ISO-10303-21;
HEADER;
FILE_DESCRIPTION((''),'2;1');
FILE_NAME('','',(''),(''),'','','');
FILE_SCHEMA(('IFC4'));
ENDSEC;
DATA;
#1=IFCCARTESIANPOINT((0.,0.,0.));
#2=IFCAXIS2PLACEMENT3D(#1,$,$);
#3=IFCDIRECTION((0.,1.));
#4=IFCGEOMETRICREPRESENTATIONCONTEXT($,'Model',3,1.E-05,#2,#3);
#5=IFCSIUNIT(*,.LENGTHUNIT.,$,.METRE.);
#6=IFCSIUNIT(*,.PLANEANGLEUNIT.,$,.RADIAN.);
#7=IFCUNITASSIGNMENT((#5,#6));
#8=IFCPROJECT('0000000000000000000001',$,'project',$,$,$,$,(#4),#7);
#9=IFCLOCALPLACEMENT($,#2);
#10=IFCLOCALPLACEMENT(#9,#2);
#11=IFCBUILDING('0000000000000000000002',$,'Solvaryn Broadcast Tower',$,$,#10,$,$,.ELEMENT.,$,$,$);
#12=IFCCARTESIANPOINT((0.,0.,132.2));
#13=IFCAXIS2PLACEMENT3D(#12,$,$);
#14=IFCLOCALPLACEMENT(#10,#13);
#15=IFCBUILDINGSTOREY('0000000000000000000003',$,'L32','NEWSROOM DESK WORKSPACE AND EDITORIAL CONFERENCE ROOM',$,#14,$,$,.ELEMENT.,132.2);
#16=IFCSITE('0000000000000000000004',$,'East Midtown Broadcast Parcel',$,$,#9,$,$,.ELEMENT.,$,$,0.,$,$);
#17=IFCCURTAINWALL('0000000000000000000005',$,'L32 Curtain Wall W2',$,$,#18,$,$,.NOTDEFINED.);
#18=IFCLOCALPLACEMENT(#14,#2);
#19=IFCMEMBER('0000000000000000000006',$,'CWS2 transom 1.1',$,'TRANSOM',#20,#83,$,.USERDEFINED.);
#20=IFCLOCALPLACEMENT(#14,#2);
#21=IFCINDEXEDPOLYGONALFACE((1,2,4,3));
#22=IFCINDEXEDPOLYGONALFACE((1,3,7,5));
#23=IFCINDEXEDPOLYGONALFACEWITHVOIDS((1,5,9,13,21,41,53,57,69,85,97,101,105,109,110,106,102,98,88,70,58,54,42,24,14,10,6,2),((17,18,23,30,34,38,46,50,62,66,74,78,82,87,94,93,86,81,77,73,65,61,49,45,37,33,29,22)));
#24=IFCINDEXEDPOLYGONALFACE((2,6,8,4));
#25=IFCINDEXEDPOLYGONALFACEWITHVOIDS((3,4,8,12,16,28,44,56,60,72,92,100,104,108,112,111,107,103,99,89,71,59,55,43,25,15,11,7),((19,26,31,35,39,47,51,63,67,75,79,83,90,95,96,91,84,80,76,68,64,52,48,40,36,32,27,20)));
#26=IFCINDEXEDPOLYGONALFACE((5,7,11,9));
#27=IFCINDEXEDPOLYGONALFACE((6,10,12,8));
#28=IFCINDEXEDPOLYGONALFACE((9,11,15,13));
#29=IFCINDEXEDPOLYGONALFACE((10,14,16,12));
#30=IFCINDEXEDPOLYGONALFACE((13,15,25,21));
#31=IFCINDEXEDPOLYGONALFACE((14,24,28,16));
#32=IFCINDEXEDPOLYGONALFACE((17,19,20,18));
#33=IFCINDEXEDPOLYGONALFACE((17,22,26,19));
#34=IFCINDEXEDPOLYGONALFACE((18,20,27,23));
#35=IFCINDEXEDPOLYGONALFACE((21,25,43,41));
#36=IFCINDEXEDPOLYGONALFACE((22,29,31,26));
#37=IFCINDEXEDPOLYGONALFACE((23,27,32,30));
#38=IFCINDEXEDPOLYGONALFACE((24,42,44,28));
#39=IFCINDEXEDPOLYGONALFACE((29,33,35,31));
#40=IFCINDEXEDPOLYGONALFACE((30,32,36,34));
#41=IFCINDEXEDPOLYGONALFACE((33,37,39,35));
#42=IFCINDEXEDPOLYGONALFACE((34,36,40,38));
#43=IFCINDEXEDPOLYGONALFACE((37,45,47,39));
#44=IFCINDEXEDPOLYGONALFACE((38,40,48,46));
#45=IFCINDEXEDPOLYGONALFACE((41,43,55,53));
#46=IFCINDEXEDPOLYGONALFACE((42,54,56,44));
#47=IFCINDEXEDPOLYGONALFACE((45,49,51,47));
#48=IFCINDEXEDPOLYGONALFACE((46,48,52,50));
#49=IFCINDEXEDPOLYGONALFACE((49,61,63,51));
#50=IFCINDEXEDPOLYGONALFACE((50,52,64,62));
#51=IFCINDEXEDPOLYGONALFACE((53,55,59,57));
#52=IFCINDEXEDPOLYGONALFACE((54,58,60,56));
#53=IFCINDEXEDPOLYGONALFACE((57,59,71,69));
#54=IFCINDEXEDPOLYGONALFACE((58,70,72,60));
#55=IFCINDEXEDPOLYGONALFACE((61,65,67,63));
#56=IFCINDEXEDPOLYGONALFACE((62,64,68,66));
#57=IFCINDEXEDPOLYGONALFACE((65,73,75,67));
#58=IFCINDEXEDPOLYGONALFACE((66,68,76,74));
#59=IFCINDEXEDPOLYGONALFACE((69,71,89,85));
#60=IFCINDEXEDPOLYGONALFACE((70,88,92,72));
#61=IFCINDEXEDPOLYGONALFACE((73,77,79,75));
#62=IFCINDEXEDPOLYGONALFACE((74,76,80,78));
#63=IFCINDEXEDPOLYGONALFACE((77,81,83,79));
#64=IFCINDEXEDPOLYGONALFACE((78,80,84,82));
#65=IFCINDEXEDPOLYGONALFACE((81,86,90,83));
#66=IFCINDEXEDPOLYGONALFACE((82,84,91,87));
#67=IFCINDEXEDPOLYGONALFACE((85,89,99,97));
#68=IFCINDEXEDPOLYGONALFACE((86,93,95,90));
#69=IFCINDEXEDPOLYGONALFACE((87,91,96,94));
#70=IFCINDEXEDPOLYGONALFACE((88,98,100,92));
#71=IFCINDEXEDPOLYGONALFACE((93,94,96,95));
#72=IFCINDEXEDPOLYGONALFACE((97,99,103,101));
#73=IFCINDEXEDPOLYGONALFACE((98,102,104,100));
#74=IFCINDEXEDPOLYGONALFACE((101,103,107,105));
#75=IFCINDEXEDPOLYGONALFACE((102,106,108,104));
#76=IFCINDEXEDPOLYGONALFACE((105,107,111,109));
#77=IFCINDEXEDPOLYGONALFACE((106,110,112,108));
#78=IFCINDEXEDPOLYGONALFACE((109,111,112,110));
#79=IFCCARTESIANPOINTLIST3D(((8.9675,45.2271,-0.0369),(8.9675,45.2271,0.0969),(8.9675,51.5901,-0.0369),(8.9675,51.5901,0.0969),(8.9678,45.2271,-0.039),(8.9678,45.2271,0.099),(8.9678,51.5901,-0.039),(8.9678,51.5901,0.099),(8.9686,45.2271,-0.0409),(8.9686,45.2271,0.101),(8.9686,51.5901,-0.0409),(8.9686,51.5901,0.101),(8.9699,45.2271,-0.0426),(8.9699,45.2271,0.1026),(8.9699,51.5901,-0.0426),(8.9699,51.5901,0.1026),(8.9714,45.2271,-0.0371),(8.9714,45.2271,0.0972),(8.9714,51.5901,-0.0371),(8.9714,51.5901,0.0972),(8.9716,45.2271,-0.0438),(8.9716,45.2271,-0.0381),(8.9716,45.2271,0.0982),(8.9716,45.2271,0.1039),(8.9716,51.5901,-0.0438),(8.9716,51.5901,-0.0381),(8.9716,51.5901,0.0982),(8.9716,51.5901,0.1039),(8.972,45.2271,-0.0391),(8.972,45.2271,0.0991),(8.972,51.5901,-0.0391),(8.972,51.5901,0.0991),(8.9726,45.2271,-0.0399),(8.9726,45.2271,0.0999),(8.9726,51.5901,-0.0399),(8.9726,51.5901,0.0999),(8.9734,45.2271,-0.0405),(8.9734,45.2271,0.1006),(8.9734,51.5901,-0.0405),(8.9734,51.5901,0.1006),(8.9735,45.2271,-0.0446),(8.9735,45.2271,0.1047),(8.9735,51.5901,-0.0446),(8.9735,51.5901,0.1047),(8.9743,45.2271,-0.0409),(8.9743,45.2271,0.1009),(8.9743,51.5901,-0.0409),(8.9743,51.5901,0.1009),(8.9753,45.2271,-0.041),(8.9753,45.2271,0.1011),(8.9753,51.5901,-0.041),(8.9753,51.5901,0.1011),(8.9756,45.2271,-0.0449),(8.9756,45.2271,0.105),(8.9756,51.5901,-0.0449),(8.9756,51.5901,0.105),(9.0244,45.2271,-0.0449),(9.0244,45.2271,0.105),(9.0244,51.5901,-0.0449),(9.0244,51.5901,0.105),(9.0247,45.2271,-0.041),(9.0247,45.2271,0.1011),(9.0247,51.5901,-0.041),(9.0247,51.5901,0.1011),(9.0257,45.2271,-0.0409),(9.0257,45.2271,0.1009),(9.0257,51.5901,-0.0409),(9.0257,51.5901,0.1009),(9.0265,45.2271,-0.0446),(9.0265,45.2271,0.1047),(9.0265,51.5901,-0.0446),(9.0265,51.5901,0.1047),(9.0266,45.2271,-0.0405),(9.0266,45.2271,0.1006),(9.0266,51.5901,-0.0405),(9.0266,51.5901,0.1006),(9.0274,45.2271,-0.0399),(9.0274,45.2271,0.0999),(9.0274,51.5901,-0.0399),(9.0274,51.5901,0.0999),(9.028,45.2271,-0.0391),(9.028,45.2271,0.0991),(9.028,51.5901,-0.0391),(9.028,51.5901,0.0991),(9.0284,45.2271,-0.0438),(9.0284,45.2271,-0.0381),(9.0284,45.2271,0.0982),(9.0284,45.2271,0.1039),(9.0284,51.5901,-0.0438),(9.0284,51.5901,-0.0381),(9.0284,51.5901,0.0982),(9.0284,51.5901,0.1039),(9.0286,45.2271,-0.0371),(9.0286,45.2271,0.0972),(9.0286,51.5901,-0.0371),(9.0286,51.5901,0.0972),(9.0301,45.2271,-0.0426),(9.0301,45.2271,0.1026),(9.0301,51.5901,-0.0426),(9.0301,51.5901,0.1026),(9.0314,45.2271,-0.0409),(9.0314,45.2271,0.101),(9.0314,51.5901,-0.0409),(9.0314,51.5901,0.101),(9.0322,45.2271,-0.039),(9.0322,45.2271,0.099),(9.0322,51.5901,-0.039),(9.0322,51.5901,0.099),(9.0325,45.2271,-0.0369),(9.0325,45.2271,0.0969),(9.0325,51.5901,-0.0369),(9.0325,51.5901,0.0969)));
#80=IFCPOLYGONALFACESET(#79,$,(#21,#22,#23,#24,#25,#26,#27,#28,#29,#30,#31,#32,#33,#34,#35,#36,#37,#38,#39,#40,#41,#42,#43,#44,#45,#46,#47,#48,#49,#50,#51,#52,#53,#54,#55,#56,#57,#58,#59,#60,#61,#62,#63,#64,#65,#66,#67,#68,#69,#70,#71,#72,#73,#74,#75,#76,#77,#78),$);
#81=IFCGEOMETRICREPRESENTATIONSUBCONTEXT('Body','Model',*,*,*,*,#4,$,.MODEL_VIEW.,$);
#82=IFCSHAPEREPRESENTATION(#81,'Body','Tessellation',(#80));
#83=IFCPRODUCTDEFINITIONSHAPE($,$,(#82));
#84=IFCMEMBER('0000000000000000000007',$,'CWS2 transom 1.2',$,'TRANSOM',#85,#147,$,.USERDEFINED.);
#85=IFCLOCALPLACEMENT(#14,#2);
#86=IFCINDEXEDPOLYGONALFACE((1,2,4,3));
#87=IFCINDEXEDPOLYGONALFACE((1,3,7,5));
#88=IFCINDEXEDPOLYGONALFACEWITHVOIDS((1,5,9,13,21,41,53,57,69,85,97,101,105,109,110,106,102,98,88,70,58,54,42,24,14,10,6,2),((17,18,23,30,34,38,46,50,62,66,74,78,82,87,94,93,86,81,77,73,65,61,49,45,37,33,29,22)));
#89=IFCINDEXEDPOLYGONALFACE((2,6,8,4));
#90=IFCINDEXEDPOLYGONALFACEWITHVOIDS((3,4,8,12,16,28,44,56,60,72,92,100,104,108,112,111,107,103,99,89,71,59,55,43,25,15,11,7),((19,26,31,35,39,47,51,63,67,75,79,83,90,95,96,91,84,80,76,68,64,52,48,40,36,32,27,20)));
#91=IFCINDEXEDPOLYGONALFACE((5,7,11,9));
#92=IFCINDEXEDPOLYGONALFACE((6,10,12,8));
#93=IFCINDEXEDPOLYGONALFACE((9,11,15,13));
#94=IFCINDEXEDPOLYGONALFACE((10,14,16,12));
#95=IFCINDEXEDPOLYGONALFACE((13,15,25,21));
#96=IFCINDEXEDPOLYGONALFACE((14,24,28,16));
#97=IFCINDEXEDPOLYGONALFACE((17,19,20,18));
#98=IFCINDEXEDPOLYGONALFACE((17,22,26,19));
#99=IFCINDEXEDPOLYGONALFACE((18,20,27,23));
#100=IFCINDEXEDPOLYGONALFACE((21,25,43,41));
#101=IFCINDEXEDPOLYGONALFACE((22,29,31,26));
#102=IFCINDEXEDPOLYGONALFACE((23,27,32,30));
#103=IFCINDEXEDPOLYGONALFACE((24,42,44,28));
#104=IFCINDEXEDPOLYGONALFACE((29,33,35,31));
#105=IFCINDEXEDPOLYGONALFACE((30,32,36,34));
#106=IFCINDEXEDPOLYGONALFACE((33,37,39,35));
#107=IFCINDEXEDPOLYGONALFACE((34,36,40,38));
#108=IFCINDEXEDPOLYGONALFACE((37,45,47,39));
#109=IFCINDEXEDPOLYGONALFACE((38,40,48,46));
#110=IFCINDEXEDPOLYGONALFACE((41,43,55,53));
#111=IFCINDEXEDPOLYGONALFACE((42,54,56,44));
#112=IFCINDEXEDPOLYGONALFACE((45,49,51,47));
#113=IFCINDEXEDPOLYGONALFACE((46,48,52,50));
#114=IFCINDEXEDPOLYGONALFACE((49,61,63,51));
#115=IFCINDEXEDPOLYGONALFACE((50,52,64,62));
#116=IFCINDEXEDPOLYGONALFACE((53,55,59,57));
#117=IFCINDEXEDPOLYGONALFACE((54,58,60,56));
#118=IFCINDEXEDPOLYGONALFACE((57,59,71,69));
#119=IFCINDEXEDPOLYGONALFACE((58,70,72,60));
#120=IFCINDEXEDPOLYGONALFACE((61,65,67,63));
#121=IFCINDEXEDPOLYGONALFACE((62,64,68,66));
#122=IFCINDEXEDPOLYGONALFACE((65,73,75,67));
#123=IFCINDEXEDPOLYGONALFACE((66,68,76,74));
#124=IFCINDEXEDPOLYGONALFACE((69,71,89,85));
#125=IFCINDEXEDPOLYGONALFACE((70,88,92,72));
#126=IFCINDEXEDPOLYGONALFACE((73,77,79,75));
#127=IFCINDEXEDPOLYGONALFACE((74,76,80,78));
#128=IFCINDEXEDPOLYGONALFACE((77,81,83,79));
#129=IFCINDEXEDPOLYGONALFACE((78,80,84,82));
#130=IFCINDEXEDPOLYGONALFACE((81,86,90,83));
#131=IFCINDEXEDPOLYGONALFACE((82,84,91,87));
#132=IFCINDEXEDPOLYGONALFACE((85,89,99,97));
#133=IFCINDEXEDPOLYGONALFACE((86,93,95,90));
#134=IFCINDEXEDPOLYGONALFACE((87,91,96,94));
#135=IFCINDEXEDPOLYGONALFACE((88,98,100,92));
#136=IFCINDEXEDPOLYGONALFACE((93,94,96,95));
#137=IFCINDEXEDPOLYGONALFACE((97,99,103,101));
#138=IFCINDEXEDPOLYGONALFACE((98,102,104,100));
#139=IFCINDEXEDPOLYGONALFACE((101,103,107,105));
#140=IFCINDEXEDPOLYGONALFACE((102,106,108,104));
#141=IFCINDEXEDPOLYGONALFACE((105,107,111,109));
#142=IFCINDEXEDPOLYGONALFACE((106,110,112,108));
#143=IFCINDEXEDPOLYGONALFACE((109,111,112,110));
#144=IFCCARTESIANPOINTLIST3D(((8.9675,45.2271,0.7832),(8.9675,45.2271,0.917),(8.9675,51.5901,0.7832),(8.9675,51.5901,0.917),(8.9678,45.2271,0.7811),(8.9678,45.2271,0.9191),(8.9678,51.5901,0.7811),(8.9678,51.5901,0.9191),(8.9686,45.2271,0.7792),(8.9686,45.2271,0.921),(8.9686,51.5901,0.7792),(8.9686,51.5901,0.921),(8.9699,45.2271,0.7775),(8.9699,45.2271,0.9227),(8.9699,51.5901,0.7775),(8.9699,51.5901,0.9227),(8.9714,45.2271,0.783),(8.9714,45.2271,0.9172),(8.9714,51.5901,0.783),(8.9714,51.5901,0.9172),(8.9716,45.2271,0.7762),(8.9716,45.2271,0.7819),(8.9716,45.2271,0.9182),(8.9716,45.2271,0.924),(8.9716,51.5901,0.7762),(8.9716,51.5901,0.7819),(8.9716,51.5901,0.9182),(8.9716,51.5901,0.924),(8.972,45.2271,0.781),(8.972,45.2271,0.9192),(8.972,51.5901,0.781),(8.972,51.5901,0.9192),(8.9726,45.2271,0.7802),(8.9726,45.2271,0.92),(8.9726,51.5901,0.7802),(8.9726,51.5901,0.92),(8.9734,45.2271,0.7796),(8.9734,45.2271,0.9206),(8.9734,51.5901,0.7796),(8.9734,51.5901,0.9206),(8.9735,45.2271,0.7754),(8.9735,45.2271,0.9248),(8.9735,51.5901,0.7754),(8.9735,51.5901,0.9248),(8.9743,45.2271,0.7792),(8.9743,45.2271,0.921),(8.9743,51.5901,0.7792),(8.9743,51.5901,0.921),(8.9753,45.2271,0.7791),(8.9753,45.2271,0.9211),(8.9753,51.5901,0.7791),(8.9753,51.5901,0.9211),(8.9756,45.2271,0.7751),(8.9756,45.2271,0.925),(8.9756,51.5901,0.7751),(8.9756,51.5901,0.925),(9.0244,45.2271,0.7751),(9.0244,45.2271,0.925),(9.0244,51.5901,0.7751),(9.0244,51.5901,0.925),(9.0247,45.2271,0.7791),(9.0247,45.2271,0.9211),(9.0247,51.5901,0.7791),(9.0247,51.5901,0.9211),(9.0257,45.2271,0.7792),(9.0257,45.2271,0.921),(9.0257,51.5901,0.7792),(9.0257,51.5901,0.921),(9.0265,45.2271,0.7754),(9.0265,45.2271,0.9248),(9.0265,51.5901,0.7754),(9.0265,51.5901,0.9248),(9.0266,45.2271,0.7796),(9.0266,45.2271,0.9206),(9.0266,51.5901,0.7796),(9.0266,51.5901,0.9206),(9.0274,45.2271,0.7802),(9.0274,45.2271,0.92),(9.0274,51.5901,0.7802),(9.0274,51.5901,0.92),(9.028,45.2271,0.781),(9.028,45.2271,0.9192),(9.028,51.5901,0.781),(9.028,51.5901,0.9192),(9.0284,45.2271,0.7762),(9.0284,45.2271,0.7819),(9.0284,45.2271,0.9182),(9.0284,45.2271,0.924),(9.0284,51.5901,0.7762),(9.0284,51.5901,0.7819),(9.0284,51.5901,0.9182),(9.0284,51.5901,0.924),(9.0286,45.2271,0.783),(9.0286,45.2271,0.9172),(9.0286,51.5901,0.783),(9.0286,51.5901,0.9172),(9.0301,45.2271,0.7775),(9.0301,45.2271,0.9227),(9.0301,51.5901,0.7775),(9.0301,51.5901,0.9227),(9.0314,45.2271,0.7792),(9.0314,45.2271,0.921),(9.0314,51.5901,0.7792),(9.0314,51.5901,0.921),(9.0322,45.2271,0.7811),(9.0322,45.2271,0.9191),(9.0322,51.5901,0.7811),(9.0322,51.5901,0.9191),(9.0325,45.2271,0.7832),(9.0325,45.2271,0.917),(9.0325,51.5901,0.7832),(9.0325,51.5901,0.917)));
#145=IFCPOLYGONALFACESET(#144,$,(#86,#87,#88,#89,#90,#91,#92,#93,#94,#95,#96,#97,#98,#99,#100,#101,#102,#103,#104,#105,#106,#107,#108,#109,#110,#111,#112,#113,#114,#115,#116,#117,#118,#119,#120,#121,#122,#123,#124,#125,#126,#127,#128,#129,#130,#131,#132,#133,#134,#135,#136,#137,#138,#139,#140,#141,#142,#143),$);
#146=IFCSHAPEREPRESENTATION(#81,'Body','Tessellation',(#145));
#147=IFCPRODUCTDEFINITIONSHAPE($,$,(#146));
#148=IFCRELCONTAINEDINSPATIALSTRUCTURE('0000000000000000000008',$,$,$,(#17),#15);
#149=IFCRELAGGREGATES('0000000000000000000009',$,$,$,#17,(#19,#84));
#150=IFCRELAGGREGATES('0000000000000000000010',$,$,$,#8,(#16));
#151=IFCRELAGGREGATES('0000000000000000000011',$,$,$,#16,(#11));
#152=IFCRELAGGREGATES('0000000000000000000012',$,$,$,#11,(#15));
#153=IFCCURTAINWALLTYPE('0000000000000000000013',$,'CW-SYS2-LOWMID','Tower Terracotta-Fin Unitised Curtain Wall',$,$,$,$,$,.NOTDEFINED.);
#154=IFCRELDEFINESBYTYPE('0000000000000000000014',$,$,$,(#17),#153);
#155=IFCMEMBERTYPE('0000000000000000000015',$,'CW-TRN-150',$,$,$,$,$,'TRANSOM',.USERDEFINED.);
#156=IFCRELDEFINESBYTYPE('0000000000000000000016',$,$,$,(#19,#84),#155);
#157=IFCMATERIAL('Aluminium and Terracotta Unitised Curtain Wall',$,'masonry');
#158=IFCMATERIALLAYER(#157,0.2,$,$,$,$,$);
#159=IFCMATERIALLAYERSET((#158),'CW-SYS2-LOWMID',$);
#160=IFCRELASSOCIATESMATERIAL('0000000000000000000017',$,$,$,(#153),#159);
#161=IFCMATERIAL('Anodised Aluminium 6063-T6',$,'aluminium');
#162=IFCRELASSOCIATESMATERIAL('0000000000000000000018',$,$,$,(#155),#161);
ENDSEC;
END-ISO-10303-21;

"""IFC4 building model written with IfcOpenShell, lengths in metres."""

from ifc_helpers import new_model, si_unit, direction, frame, origin, origin_2d, place, context, subcontext, project, spatial, hollow_rectangle, extrude, material, layer, layer_set, material_profile, profile_set, type_object, element, aggregate, save


model = new_model("IFC4")

# Units and contexts
model_context = context("Model", 3, precision=1e-05, world=origin(), true_north=direction((0.0, 1.0)))
body_context = subcontext(model_context, "Body", "Model", "MODEL_VIEW")
ifc_project = project(units=[si_unit("LENGTHUNIT", "METRE"), si_unit("PLANEANGLEUNIT", "RADIAN")], contexts=[model_context])

# Site, building, storey
site_placement = place(None, origin())
site = spatial("IfcSite", under=ifc_project, at=site_placement, Name="East Midtown Broadcast Parcel", CompositionType="ELEMENT", RefElevation=0.0)
building_placement = place(site_placement, origin())
building = spatial("IfcBuilding", under=site, at=building_placement, Name="Solvaryn Broadcast Tower", CompositionType="ELEMENT")
storey_placement = place(building_placement, frame((0.0, 0.0, 132.2)))
storey = spatial("IfcBuildingStorey", under=building, at=storey_placement, Name="L32", Description="NEWSROOM DESK WORKSPACE AND EDITORIAL CONFERENCE ROOM", CompositionType="ELEMENT", Elevation=132.2)

# Shared definitions
ifc_material_1 = material(Name="Aluminium and Terracotta Unitised Curtain Wall", Category="masonry")
ifc_layer_1 = layer(ifc_material_1, 0.2)
ifc_layer_set_1 = layer_set([ifc_layer_1], Name="CW-SYS2-LOWMID")
curtain_wall_type = type_object("IfcCurtainWallType", Name="CW-SYS2-LOWMID", Description="Tower Terracotta-Fin Unitised Curtain Wall", PredefinedType="NOTDEFINED", material=ifc_layer_set_1)

# Curtain wall
curtain_wall_1_placement = place(storey_placement, origin())
curtain_wall_1 = element("IfcCurtainWall", 1, at=curtain_wall_1_placement, inside=storey, type_object=curtain_wall_type, Name="L32 Curtain Wall W2", PredefinedType="NOTDEFINED")

# Members
ifc_material_2 = material(Name="Anodised Aluminium 6063-T6", Category="aluminium")
ifc_material_profile_1 = material_profile(ifc_material_2, hollow_rectangle(XDim=0.0649, YDim=0.1499, WallThickness=0.0039, InnerFilletRadius=0.0039, OuterFilletRadius=0.0081, at=origin_2d()))
ifc_profile_set_1 = profile_set([ifc_material_profile_1], Name="Anodised Aluminium 6063-T6")
member_type_1 = type_object("IfcMemberType", Name="CW-TRN-150", ElementType="TRANSOM", PredefinedType="USERDEFINED", material=ifc_profile_set_1)
member_1_placement = place(storey_placement, frame((9.0, 45.2271, 0.03), z_axis=(0.0, 1.0, 0.0), x_axis=(-1.0, 0.0, 0.0)))
member_1 = element("IfcMember", 2, at=member_1_placement, type_object=member_type_1, Name="CWS2 transom 1.1", ObjectType="TRANSOM", PredefinedType="USERDEFINED", context=body_context, shape_type="SweptSolid", body=[
    extrude(hollow_rectangle(XDim=0.0649, YDim=0.1499, WallThickness=0.0039, InnerFilletRadius=0.0039, OuterFilletRadius=0.0081, at=origin_2d()), origin(), (0.0, 0.0, 1.0), 6.363),
])
member_2_placement = place(storey_placement, frame((9.0, 45.2271, 0.8501), z_axis=(0.0, 1.0, 0.0), x_axis=(-1.0, 0.0, 0.0)))
member_2 = element("IfcMember", 3, at=member_2_placement, type_object=member_type_1, Name="CWS2 transom 1.2", ObjectType="TRANSOM", PredefinedType="USERDEFINED", context=body_context, shape_type="SweptSolid", body=[
    extrude(hollow_rectangle(XDim=0.0649, YDim=0.1499, WallThickness=0.0039, InnerFilletRadius=0.0039, OuterFilletRadius=0.0081, at=origin_2d()), origin(), (0.0, 0.0, 1.0), 6.363),
])

aggregate(curtain_wall_1, [member_1, member_2])

save(model, "model.ifc")
